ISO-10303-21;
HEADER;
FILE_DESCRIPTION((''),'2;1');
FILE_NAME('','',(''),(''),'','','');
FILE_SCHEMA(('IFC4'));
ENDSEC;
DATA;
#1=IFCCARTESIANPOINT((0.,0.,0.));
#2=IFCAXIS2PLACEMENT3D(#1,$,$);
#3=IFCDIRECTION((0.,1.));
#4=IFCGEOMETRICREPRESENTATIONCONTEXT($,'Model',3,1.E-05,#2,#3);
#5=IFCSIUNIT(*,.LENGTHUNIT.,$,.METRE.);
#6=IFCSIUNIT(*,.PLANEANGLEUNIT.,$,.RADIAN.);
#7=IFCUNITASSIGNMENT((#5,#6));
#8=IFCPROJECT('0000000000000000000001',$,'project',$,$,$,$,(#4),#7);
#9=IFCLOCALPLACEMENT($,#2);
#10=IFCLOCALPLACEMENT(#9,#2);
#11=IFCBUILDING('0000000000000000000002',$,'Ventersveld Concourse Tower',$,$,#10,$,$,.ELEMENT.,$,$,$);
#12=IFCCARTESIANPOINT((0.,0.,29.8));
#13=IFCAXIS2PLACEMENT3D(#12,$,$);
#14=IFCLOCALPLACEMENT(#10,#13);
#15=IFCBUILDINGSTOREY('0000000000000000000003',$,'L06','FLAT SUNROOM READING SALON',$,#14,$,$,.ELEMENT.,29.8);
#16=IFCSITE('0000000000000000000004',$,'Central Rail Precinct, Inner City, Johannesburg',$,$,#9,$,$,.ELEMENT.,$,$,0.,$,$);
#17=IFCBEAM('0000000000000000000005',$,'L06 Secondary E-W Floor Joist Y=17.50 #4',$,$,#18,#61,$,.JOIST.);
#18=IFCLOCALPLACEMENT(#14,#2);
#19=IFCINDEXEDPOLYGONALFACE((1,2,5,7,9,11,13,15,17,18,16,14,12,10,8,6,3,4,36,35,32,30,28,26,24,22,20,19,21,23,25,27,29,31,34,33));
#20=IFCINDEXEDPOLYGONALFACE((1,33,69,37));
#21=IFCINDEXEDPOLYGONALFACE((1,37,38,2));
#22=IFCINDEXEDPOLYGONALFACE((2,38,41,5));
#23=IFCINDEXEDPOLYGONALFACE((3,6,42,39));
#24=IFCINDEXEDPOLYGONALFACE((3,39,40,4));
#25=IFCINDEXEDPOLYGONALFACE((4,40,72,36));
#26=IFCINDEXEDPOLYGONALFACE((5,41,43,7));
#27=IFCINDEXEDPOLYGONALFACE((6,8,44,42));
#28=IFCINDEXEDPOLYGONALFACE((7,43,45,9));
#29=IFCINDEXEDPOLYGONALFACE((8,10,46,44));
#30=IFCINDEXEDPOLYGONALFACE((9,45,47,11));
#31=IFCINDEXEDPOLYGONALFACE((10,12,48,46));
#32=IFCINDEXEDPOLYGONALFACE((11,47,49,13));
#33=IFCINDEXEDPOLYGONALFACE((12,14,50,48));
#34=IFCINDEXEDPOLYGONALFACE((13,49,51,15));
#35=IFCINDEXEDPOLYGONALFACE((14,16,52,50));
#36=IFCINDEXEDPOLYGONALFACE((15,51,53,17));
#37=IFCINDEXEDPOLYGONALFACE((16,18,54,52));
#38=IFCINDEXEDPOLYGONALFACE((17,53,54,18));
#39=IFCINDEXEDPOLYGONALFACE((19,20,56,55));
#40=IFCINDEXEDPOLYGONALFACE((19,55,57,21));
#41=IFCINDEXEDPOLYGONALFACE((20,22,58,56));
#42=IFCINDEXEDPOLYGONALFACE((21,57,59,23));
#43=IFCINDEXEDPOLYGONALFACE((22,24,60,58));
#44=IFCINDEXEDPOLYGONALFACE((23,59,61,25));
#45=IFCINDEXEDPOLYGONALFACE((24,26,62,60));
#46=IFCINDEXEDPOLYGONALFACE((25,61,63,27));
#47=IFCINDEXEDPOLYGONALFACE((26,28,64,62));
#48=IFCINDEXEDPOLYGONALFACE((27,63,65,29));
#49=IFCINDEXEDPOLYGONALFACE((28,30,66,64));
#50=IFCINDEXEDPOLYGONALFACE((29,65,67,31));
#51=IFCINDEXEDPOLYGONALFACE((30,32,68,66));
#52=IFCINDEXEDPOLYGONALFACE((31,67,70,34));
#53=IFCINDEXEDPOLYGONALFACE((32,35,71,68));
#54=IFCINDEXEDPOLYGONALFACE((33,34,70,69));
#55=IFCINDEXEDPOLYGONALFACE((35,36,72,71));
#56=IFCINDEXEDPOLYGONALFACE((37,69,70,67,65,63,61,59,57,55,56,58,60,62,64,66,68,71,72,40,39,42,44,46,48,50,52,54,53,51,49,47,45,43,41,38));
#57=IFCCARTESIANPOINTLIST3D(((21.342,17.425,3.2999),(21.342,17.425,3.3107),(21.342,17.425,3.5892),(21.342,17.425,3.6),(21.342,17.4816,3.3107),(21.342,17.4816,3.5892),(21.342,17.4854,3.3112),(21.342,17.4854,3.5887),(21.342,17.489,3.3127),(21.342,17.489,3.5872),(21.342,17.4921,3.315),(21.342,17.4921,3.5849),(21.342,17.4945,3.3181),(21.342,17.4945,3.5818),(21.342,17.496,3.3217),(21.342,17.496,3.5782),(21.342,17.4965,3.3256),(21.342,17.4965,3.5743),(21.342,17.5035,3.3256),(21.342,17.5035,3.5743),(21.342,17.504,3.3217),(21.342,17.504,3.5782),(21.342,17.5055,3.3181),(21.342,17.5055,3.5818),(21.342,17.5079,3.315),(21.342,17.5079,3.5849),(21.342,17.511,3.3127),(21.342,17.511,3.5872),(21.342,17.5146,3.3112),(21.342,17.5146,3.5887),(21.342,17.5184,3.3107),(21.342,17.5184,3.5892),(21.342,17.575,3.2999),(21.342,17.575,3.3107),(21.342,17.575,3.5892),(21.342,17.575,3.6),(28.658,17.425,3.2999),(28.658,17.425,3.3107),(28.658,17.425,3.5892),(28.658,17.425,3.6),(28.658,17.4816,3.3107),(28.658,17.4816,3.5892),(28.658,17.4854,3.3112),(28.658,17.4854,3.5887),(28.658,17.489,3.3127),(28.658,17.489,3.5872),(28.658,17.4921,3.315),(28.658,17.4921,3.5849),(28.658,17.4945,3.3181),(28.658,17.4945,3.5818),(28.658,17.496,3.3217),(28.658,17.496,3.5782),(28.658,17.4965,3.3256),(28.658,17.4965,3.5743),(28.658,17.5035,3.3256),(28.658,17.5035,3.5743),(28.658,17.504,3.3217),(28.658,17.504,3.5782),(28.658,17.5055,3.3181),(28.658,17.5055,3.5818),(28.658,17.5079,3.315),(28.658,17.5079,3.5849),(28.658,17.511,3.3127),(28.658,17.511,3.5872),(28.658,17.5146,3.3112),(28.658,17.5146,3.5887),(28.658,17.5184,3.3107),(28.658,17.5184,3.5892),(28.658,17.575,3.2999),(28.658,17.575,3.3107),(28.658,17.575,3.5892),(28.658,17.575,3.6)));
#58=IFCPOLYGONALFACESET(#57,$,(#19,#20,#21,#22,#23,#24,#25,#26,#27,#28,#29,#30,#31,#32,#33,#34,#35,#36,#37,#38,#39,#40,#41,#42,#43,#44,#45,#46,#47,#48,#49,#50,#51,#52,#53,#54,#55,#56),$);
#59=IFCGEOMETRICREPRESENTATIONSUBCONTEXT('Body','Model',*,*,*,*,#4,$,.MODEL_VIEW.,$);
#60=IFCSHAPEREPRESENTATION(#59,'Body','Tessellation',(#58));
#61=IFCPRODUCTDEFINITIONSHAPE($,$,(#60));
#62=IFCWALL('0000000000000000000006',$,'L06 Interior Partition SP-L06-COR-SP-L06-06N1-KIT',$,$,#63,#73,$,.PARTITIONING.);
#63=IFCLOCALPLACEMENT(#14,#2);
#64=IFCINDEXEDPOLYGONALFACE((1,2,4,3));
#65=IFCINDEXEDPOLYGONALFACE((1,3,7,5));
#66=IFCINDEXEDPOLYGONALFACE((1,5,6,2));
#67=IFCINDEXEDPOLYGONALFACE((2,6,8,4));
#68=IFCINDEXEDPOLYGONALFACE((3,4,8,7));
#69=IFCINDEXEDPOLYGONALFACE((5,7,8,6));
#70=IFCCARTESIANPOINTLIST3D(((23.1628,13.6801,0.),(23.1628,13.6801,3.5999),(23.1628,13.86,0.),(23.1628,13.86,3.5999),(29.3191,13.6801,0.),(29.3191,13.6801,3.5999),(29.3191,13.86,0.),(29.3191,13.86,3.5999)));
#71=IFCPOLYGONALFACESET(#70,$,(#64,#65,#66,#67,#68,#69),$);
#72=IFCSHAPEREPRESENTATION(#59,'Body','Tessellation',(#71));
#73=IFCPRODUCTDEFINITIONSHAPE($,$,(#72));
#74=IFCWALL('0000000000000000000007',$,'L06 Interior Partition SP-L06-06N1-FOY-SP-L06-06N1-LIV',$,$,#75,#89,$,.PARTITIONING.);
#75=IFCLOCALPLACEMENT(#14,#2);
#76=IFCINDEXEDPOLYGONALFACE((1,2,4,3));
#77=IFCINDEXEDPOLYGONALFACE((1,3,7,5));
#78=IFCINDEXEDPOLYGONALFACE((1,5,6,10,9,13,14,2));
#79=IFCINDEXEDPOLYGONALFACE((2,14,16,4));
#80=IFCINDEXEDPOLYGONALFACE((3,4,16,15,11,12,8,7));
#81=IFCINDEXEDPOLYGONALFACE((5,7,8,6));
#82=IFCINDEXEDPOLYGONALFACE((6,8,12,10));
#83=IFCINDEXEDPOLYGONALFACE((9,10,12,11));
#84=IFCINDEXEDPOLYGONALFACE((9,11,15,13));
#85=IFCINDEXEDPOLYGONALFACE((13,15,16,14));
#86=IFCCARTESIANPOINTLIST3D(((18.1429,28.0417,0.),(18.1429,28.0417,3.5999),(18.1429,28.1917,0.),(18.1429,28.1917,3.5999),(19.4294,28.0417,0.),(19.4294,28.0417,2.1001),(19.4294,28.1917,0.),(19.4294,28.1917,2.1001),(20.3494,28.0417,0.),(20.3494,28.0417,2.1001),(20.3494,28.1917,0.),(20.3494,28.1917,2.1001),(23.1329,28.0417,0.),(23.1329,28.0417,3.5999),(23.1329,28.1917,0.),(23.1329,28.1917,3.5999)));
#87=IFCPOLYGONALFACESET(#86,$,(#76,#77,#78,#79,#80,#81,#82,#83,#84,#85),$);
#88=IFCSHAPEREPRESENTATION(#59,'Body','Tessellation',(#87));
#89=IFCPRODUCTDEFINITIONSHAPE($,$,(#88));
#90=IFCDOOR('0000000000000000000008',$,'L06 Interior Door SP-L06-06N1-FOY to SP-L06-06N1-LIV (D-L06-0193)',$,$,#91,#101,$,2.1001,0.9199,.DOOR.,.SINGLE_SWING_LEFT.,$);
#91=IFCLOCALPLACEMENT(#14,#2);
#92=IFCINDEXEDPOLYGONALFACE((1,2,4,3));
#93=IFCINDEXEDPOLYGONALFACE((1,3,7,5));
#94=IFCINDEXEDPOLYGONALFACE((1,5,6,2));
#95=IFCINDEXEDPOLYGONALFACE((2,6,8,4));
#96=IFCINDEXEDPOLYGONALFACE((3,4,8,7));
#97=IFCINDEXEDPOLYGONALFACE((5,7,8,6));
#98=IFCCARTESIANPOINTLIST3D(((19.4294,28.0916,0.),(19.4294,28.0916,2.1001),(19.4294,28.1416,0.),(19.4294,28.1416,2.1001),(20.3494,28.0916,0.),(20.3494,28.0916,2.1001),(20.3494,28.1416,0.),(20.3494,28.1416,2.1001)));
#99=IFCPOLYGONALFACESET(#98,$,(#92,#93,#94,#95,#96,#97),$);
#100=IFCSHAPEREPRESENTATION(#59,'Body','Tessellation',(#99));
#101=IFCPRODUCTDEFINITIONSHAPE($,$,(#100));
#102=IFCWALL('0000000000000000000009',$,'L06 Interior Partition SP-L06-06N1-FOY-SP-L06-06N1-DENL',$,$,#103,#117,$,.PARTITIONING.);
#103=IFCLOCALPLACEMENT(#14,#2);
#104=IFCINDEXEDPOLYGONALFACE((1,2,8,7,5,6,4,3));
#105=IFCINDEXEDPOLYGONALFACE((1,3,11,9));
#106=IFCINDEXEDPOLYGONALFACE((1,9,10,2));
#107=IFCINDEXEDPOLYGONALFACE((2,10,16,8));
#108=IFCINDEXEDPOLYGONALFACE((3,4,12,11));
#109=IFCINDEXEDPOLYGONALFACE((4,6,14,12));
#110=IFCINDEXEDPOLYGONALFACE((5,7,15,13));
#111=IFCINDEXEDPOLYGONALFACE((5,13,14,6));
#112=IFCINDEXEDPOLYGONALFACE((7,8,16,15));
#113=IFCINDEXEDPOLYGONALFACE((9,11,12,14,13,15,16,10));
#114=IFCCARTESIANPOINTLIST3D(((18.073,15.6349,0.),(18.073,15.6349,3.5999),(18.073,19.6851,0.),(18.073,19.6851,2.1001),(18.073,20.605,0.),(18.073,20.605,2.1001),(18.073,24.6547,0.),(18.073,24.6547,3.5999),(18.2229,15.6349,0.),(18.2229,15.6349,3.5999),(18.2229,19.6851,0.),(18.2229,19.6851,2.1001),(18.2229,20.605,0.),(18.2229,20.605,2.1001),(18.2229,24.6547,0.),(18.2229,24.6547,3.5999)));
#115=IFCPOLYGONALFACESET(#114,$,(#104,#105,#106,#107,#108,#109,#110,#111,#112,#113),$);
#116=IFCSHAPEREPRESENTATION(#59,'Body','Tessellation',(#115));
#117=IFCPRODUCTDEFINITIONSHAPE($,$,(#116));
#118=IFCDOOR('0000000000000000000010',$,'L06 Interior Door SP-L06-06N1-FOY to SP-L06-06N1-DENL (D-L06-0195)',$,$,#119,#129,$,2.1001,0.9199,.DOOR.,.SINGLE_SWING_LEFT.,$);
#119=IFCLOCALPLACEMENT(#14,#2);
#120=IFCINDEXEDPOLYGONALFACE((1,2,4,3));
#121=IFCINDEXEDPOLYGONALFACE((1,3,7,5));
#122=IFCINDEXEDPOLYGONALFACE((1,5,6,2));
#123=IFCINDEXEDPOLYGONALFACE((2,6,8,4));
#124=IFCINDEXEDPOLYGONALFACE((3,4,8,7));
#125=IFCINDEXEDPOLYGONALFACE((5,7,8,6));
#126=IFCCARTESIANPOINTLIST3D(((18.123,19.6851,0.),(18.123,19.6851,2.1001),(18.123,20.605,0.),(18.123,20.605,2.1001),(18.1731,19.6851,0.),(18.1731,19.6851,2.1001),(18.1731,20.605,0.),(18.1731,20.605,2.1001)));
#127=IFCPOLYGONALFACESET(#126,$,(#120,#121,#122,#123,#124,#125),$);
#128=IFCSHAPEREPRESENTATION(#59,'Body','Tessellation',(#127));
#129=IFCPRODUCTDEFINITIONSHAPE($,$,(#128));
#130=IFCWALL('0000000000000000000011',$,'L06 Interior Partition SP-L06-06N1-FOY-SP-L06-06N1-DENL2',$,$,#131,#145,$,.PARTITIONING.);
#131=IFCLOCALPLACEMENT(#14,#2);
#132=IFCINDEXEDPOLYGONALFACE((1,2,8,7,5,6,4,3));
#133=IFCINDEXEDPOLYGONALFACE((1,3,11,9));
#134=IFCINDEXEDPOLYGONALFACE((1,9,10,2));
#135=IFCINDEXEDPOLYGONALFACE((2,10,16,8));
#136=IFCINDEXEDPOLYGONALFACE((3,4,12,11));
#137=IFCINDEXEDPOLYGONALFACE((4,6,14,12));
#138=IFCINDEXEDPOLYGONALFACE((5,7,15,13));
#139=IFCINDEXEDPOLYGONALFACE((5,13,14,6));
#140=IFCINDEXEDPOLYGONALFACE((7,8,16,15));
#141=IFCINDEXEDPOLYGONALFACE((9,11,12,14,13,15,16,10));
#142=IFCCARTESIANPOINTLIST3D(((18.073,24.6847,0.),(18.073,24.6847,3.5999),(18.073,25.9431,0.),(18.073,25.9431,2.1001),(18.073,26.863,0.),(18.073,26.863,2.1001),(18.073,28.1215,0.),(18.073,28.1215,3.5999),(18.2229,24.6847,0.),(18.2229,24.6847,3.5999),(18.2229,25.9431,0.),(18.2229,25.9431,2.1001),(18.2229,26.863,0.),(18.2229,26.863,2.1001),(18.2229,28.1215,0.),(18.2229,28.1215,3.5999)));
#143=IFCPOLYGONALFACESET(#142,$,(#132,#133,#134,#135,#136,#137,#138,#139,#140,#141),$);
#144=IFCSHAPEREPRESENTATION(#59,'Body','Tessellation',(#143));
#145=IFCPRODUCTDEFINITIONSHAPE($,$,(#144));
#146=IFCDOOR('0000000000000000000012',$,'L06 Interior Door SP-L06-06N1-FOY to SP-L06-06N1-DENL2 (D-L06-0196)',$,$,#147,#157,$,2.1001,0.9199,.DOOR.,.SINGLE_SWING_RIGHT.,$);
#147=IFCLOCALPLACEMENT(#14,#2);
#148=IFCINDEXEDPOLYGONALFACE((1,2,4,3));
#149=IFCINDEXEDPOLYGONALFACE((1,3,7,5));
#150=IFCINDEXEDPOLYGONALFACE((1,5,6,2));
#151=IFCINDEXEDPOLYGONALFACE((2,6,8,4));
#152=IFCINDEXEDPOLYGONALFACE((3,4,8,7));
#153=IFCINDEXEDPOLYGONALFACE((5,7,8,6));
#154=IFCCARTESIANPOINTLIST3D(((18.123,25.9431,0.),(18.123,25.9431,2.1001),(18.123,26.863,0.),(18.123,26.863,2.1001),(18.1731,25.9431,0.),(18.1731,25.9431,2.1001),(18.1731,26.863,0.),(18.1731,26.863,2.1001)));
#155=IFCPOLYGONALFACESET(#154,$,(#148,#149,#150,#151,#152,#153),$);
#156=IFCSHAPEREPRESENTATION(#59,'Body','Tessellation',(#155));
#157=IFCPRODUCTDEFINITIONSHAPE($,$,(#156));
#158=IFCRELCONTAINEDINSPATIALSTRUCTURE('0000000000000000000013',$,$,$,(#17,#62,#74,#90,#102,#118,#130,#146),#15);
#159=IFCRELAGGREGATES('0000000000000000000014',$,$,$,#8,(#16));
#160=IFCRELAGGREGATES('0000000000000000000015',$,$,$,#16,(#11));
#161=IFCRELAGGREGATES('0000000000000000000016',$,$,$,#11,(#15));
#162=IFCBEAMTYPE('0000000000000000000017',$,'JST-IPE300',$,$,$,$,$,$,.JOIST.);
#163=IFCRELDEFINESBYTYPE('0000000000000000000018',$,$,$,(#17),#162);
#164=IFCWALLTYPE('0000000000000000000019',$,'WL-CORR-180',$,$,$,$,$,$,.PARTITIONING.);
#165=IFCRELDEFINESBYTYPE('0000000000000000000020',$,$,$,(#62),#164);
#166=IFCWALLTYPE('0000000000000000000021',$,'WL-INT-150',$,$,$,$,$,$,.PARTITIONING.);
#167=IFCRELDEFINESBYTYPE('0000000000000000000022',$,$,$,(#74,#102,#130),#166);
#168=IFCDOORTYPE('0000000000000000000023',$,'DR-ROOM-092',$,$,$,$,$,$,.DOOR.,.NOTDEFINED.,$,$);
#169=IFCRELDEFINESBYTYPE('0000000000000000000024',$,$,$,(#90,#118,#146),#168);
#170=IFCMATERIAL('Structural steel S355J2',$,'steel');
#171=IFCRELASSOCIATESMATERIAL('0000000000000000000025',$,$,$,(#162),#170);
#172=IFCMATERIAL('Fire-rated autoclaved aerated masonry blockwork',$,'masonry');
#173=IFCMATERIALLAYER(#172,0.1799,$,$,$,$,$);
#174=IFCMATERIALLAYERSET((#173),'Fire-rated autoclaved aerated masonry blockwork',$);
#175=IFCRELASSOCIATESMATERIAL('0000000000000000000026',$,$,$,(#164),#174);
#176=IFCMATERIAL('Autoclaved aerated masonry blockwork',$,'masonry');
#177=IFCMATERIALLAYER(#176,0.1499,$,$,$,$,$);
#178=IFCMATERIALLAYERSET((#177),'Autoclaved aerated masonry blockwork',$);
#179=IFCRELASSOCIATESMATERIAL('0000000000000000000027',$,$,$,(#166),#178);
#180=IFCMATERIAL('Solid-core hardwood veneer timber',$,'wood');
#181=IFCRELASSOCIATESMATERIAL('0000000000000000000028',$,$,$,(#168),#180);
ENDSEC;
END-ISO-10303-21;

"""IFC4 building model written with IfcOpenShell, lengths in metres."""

from ifc_helpers import new_model, si_unit, direction, frame, frame_2d, origin, origin_2d, place, context, subcontext, project, spatial, rectangle, i_section, extrude, material, layer, layer_set, material_profile, profile_set, type_object, element, fill, save


model = new_model("IFC4")

# Units and contexts
model_context = context("Model", 3, precision=1e-05, world=origin(), true_north=direction((0.0, 1.0)))
body_context = subcontext(model_context, "Body", "Model", "MODEL_VIEW")
ifc_project = project(units=[si_unit("LENGTHUNIT", "METRE"), si_unit("PLANEANGLEUNIT", "RADIAN")], contexts=[model_context])

# Site, building, storey
site_placement = place(None, origin())
site = spatial("IfcSite", under=ifc_project, at=site_placement, Name="Central Rail Precinct, Inner City, Johannesburg", CompositionType="ELEMENT", RefElevation=0.0)
building_placement = place(site_placement, origin())
building = spatial("IfcBuilding", under=site, at=building_placement, Name="Ventersveld Concourse Tower", CompositionType="ELEMENT")
storey_placement = place(building_placement, frame((0.0, 0.0, 29.8)))
storey = spatial("IfcBuildingStorey", under=building, at=storey_placement, Name="L06", Description="FLAT SUNROOM READING SALON", CompositionType="ELEMENT", Elevation=29.8)

# Beam
ifc_material_1 = material(Name="Structural steel S355J2", Category="steel")
ifc_material_profile_1 = material_profile(ifc_material_1, i_section(OverallWidth=0.1499, OverallDepth=0.3, WebThickness=0.0071, FlangeThickness=0.0107, FilletRadius=0.0149, at=origin_2d()), Name="IPE 300")
ifc_profile_set_1 = profile_set([ifc_material_profile_1], Name="Structural steel S355J2")
beam_type_1 = type_object("IfcBeamType", Name="JST-IPE300", PredefinedType="JOIST", material=ifc_profile_set_1)
for number, where, z_axis, x_axis, name in (
    (1, (21.342, 17.5, 3.45), (1.0, 0.0, 0.0), (0.0, 1.0, 0.0), "L06 Secondary E-W Floor Joist Y=17.50 #4"),
):
    element("IfcBeam", number, at=place(storey_placement, frame(where, z_axis=z_axis, x_axis=x_axis)), inside=storey, type_object=beam_type_1, Name=name, PredefinedType="JOIST", context=body_context, shape_type="SweptSolid", body=[
        extrude(i_section(OverallWidth=0.1499, OverallDepth=0.3, WebThickness=0.0071, FlangeThickness=0.0107, FilletRadius=0.0149, at=origin_2d()), origin(), (0.0, 0.0, 1.0), 7.3159),
    ])

# Shared definitions
ifc_material_2 = material(Name="Fire-rated autoclaved aerated masonry blockwork", Category="masonry")
ifc_layer_1 = layer(ifc_material_2, 0.1799)
ifc_layer_set_1 = layer_set([ifc_layer_1], Name="Fire-rated autoclaved aerated masonry blockwork")
wall_type_1 = type_object("IfcWallType", Name="WL-CORR-180", PredefinedType="PARTITIONING", material=ifc_layer_set_1)
ifc_material_3 = material(Name="Solid-core hardwood veneer timber", Category="wood")

# Wall
wall_1_placement = place(storey_placement, frame((23.1628, 13.77, 0.0), z_axis=(0.0, 0.0, 1.0), x_axis=(1.0, 0.0, 0.0)))
element("IfcWall", 2, at=wall_1_placement, inside=storey, type_object=wall_type_1, Name="L06 Interior Partition SP-L06-COR-SP-L06-06N1-KIT", PredefinedType="PARTITIONING", context=body_context, shape_type="SweptSolid", body=[
    extrude(rectangle(XDim=6.1562, YDim=0.1799, at=frame_2d((3.0781, 0.0))), origin(), (0.0, 0.0, 1.0), 3.5999),
])

# Walls, openings, doors
ifc_material_4 = material(Name="Autoclaved aerated masonry blockwork", Category="masonry")
ifc_layer_2 = layer(ifc_material_4, 0.1499)
ifc_layer_set_2 = layer_set([ifc_layer_2], Name="Autoclaved aerated masonry blockwork")
wall_type_2 = type_object("IfcWallType", Name="WL-INT-150", PredefinedType="PARTITIONING", material=ifc_layer_set_2)
wall_2_placement = place(storey_placement, frame((18.1428, 28.1167, 0.0), z_axis=(0.0, 0.0, 1.0), x_axis=(1.0, 0.0, 0.0)))
wall_2 = element("IfcWall", 3, at=wall_2_placement, inside=storey, type_object=wall_type_2, Name="L06 Interior Partition SP-L06-06N1-FOY-SP-L06-06N1-LIV", PredefinedType="PARTITIONING", context=body_context, shape_type="SweptSolid", body=[
    extrude(rectangle(XDim=4.99, YDim=0.1499, at=frame_2d((2.4951, 0.0))), origin(), (0.0, 0.0, 1.0), 3.5999),
])
opening_1_placement = place(wall_2_placement, frame((1.2866, 0.0, 0.0)))
opening_1 = element("IfcOpeningElement", 4, at=opening_1_placement, cuts=wall_2, PredefinedType="OPENING", context=body_context, shape_type="SweptSolid", body=[
    extrude(rectangle(XDim=0.9199, YDim=2.1001, at=frame_2d((0.46, 1.05))), frame((0.0, 0.085, 0.0), z_axis=(0.0, -1.0, 0.0), x_axis=(1.0, 0.0, 0.0)), (0.0, 0.0, 1.0), 0.1699),
])
door_type_1 = type_object("IfcDoorType", Name="DR-ROOM-092", OperationType="NOTDEFINED", PredefinedType="DOOR", material=ifc_material_3)
door_1_placement = place(opening_1_placement, origin())
door_1 = element("IfcDoor", 5, at=door_1_placement, inside=storey, type_object=door_type_1, Name="L06 Interior Door SP-L06-06N1-FOY to SP-L06-06N1-LIV (D-L06-0193)", OperationType="SINGLE_SWING_LEFT", OverallHeight=2.1001, OverallWidth=0.9199, PredefinedType="DOOR", context=body_context, shape_type="SweptSolid", body=[
    extrude(rectangle(XDim=0.9199, YDim=2.1001, at=frame_2d((0.46, 1.05))), frame((0.0, 0.0249, 0.0), z_axis=(0.0, -1.0, 0.0), x_axis=(1.0, 0.0, 0.0)), (0.0, 0.0, 1.0), 0.05),
])
fill(opening_1, door_1)
wall_3_placement = place(storey_placement, frame((18.1479, 15.635, 0.0), z_axis=(0.0, 0.0, 1.0), x_axis=(0.0, 1.0, 0.0)))
wall_3 = element("IfcWall", 6, at=wall_3_placement, inside=storey, type_object=wall_type_2, Name="L06 Interior Partition SP-L06-06N1-FOY-SP-L06-06N1-DENL", PredefinedType="PARTITIONING", context=body_context, shape_type="SweptSolid", body=[
    extrude(rectangle(XDim=9.0198, YDim=0.1499, at=frame_2d((4.5098, 0.0))), origin(), (0.0, 0.0, 1.0), 3.5999),
])
opening_2_placement = place(wall_3_placement, frame((4.05, 0.0, 0.0)))
opening_2 = element("IfcOpeningElement", 7, at=opening_2_placement, cuts=wall_3, PredefinedType="OPENING", context=body_context, shape_type="SweptSolid", body=[
    extrude(rectangle(XDim=0.9199, YDim=2.1001, at=frame_2d((0.46, 1.05))), frame((0.0, 0.085, 0.0), z_axis=(0.0, -1.0, 0.0), x_axis=(1.0, 0.0, 0.0)), (0.0, 0.0, 1.0), 0.1699),
])
door_2_placement = place(opening_2_placement, origin())
door_2 = element("IfcDoor", 8, at=door_2_placement, inside=storey, type_object=door_type_1, Name="L06 Interior Door SP-L06-06N1-FOY to SP-L06-06N1-DENL (D-L06-0195)", OperationType="SINGLE_SWING_LEFT", OverallHeight=2.1001, OverallWidth=0.9199, PredefinedType="DOOR", context=body_context, shape_type="SweptSolid", body=[
    extrude(rectangle(XDim=0.9199, YDim=2.1001, at=frame_2d((0.46, 1.05))), frame((0.0, 0.0249, 0.0), z_axis=(0.0, -1.0, 0.0), x_axis=(1.0, 0.0, 0.0)), (0.0, 0.0, 1.0), 0.05),
])
fill(opening_2, door_2)
wall_4_placement = place(storey_placement, frame((18.1479, 24.6848, 0.0), z_axis=(0.0, 0.0, 1.0), x_axis=(0.0, 1.0, 0.0)))
wall_4 = element("IfcWall", 9, at=wall_4_placement, inside=storey, type_object=wall_type_2, Name="L06 Interior Partition SP-L06-06N1-FOY-SP-L06-06N1-DENL2", PredefinedType="PARTITIONING", context=body_context, shape_type="SweptSolid", body=[
    extrude(rectangle(XDim=3.4368, YDim=0.1499, at=frame_2d((1.7183, 0.0))), origin(), (0.0, 0.0, 1.0), 3.5999),
])
opening_3_placement = place(wall_4_placement, frame((1.2583, 0.0, 0.0)))
opening_3 = element("IfcOpeningElement", 10, at=opening_3_placement, cuts=wall_4, PredefinedType="OPENING", context=body_context, shape_type="SweptSolid", body=[
    extrude(rectangle(XDim=0.9199, YDim=2.1001, at=frame_2d((0.46, 1.05))), frame((0.0, 0.085, 0.0), z_axis=(0.0, -1.0, 0.0), x_axis=(1.0, 0.0, 0.0)), (0.0, 0.0, 1.0), 0.1699),
])
door_3_placement = place(opening_3_placement, origin())
door_3 = element("IfcDoor", 11, at=door_3_placement, inside=storey, type_object=door_type_1, Name="L06 Interior Door SP-L06-06N1-FOY to SP-L06-06N1-DENL2 (D-L06-0196)", OperationType="SINGLE_SWING_RIGHT", OverallHeight=2.1001, OverallWidth=0.9199, PredefinedType="DOOR", context=body_context, shape_type="SweptSolid", body=[
    extrude(rectangle(XDim=0.9199, YDim=2.1001, at=frame_2d((0.46, 1.05))), frame((0.0, 0.0249, 0.0), z_axis=(0.0, -1.0, 0.0), x_axis=(1.0, 0.0, 0.0)), (0.0, 0.0, 1.0), 0.05),
])
fill(opening_3, door_3)

save(model, "model.ifc")
